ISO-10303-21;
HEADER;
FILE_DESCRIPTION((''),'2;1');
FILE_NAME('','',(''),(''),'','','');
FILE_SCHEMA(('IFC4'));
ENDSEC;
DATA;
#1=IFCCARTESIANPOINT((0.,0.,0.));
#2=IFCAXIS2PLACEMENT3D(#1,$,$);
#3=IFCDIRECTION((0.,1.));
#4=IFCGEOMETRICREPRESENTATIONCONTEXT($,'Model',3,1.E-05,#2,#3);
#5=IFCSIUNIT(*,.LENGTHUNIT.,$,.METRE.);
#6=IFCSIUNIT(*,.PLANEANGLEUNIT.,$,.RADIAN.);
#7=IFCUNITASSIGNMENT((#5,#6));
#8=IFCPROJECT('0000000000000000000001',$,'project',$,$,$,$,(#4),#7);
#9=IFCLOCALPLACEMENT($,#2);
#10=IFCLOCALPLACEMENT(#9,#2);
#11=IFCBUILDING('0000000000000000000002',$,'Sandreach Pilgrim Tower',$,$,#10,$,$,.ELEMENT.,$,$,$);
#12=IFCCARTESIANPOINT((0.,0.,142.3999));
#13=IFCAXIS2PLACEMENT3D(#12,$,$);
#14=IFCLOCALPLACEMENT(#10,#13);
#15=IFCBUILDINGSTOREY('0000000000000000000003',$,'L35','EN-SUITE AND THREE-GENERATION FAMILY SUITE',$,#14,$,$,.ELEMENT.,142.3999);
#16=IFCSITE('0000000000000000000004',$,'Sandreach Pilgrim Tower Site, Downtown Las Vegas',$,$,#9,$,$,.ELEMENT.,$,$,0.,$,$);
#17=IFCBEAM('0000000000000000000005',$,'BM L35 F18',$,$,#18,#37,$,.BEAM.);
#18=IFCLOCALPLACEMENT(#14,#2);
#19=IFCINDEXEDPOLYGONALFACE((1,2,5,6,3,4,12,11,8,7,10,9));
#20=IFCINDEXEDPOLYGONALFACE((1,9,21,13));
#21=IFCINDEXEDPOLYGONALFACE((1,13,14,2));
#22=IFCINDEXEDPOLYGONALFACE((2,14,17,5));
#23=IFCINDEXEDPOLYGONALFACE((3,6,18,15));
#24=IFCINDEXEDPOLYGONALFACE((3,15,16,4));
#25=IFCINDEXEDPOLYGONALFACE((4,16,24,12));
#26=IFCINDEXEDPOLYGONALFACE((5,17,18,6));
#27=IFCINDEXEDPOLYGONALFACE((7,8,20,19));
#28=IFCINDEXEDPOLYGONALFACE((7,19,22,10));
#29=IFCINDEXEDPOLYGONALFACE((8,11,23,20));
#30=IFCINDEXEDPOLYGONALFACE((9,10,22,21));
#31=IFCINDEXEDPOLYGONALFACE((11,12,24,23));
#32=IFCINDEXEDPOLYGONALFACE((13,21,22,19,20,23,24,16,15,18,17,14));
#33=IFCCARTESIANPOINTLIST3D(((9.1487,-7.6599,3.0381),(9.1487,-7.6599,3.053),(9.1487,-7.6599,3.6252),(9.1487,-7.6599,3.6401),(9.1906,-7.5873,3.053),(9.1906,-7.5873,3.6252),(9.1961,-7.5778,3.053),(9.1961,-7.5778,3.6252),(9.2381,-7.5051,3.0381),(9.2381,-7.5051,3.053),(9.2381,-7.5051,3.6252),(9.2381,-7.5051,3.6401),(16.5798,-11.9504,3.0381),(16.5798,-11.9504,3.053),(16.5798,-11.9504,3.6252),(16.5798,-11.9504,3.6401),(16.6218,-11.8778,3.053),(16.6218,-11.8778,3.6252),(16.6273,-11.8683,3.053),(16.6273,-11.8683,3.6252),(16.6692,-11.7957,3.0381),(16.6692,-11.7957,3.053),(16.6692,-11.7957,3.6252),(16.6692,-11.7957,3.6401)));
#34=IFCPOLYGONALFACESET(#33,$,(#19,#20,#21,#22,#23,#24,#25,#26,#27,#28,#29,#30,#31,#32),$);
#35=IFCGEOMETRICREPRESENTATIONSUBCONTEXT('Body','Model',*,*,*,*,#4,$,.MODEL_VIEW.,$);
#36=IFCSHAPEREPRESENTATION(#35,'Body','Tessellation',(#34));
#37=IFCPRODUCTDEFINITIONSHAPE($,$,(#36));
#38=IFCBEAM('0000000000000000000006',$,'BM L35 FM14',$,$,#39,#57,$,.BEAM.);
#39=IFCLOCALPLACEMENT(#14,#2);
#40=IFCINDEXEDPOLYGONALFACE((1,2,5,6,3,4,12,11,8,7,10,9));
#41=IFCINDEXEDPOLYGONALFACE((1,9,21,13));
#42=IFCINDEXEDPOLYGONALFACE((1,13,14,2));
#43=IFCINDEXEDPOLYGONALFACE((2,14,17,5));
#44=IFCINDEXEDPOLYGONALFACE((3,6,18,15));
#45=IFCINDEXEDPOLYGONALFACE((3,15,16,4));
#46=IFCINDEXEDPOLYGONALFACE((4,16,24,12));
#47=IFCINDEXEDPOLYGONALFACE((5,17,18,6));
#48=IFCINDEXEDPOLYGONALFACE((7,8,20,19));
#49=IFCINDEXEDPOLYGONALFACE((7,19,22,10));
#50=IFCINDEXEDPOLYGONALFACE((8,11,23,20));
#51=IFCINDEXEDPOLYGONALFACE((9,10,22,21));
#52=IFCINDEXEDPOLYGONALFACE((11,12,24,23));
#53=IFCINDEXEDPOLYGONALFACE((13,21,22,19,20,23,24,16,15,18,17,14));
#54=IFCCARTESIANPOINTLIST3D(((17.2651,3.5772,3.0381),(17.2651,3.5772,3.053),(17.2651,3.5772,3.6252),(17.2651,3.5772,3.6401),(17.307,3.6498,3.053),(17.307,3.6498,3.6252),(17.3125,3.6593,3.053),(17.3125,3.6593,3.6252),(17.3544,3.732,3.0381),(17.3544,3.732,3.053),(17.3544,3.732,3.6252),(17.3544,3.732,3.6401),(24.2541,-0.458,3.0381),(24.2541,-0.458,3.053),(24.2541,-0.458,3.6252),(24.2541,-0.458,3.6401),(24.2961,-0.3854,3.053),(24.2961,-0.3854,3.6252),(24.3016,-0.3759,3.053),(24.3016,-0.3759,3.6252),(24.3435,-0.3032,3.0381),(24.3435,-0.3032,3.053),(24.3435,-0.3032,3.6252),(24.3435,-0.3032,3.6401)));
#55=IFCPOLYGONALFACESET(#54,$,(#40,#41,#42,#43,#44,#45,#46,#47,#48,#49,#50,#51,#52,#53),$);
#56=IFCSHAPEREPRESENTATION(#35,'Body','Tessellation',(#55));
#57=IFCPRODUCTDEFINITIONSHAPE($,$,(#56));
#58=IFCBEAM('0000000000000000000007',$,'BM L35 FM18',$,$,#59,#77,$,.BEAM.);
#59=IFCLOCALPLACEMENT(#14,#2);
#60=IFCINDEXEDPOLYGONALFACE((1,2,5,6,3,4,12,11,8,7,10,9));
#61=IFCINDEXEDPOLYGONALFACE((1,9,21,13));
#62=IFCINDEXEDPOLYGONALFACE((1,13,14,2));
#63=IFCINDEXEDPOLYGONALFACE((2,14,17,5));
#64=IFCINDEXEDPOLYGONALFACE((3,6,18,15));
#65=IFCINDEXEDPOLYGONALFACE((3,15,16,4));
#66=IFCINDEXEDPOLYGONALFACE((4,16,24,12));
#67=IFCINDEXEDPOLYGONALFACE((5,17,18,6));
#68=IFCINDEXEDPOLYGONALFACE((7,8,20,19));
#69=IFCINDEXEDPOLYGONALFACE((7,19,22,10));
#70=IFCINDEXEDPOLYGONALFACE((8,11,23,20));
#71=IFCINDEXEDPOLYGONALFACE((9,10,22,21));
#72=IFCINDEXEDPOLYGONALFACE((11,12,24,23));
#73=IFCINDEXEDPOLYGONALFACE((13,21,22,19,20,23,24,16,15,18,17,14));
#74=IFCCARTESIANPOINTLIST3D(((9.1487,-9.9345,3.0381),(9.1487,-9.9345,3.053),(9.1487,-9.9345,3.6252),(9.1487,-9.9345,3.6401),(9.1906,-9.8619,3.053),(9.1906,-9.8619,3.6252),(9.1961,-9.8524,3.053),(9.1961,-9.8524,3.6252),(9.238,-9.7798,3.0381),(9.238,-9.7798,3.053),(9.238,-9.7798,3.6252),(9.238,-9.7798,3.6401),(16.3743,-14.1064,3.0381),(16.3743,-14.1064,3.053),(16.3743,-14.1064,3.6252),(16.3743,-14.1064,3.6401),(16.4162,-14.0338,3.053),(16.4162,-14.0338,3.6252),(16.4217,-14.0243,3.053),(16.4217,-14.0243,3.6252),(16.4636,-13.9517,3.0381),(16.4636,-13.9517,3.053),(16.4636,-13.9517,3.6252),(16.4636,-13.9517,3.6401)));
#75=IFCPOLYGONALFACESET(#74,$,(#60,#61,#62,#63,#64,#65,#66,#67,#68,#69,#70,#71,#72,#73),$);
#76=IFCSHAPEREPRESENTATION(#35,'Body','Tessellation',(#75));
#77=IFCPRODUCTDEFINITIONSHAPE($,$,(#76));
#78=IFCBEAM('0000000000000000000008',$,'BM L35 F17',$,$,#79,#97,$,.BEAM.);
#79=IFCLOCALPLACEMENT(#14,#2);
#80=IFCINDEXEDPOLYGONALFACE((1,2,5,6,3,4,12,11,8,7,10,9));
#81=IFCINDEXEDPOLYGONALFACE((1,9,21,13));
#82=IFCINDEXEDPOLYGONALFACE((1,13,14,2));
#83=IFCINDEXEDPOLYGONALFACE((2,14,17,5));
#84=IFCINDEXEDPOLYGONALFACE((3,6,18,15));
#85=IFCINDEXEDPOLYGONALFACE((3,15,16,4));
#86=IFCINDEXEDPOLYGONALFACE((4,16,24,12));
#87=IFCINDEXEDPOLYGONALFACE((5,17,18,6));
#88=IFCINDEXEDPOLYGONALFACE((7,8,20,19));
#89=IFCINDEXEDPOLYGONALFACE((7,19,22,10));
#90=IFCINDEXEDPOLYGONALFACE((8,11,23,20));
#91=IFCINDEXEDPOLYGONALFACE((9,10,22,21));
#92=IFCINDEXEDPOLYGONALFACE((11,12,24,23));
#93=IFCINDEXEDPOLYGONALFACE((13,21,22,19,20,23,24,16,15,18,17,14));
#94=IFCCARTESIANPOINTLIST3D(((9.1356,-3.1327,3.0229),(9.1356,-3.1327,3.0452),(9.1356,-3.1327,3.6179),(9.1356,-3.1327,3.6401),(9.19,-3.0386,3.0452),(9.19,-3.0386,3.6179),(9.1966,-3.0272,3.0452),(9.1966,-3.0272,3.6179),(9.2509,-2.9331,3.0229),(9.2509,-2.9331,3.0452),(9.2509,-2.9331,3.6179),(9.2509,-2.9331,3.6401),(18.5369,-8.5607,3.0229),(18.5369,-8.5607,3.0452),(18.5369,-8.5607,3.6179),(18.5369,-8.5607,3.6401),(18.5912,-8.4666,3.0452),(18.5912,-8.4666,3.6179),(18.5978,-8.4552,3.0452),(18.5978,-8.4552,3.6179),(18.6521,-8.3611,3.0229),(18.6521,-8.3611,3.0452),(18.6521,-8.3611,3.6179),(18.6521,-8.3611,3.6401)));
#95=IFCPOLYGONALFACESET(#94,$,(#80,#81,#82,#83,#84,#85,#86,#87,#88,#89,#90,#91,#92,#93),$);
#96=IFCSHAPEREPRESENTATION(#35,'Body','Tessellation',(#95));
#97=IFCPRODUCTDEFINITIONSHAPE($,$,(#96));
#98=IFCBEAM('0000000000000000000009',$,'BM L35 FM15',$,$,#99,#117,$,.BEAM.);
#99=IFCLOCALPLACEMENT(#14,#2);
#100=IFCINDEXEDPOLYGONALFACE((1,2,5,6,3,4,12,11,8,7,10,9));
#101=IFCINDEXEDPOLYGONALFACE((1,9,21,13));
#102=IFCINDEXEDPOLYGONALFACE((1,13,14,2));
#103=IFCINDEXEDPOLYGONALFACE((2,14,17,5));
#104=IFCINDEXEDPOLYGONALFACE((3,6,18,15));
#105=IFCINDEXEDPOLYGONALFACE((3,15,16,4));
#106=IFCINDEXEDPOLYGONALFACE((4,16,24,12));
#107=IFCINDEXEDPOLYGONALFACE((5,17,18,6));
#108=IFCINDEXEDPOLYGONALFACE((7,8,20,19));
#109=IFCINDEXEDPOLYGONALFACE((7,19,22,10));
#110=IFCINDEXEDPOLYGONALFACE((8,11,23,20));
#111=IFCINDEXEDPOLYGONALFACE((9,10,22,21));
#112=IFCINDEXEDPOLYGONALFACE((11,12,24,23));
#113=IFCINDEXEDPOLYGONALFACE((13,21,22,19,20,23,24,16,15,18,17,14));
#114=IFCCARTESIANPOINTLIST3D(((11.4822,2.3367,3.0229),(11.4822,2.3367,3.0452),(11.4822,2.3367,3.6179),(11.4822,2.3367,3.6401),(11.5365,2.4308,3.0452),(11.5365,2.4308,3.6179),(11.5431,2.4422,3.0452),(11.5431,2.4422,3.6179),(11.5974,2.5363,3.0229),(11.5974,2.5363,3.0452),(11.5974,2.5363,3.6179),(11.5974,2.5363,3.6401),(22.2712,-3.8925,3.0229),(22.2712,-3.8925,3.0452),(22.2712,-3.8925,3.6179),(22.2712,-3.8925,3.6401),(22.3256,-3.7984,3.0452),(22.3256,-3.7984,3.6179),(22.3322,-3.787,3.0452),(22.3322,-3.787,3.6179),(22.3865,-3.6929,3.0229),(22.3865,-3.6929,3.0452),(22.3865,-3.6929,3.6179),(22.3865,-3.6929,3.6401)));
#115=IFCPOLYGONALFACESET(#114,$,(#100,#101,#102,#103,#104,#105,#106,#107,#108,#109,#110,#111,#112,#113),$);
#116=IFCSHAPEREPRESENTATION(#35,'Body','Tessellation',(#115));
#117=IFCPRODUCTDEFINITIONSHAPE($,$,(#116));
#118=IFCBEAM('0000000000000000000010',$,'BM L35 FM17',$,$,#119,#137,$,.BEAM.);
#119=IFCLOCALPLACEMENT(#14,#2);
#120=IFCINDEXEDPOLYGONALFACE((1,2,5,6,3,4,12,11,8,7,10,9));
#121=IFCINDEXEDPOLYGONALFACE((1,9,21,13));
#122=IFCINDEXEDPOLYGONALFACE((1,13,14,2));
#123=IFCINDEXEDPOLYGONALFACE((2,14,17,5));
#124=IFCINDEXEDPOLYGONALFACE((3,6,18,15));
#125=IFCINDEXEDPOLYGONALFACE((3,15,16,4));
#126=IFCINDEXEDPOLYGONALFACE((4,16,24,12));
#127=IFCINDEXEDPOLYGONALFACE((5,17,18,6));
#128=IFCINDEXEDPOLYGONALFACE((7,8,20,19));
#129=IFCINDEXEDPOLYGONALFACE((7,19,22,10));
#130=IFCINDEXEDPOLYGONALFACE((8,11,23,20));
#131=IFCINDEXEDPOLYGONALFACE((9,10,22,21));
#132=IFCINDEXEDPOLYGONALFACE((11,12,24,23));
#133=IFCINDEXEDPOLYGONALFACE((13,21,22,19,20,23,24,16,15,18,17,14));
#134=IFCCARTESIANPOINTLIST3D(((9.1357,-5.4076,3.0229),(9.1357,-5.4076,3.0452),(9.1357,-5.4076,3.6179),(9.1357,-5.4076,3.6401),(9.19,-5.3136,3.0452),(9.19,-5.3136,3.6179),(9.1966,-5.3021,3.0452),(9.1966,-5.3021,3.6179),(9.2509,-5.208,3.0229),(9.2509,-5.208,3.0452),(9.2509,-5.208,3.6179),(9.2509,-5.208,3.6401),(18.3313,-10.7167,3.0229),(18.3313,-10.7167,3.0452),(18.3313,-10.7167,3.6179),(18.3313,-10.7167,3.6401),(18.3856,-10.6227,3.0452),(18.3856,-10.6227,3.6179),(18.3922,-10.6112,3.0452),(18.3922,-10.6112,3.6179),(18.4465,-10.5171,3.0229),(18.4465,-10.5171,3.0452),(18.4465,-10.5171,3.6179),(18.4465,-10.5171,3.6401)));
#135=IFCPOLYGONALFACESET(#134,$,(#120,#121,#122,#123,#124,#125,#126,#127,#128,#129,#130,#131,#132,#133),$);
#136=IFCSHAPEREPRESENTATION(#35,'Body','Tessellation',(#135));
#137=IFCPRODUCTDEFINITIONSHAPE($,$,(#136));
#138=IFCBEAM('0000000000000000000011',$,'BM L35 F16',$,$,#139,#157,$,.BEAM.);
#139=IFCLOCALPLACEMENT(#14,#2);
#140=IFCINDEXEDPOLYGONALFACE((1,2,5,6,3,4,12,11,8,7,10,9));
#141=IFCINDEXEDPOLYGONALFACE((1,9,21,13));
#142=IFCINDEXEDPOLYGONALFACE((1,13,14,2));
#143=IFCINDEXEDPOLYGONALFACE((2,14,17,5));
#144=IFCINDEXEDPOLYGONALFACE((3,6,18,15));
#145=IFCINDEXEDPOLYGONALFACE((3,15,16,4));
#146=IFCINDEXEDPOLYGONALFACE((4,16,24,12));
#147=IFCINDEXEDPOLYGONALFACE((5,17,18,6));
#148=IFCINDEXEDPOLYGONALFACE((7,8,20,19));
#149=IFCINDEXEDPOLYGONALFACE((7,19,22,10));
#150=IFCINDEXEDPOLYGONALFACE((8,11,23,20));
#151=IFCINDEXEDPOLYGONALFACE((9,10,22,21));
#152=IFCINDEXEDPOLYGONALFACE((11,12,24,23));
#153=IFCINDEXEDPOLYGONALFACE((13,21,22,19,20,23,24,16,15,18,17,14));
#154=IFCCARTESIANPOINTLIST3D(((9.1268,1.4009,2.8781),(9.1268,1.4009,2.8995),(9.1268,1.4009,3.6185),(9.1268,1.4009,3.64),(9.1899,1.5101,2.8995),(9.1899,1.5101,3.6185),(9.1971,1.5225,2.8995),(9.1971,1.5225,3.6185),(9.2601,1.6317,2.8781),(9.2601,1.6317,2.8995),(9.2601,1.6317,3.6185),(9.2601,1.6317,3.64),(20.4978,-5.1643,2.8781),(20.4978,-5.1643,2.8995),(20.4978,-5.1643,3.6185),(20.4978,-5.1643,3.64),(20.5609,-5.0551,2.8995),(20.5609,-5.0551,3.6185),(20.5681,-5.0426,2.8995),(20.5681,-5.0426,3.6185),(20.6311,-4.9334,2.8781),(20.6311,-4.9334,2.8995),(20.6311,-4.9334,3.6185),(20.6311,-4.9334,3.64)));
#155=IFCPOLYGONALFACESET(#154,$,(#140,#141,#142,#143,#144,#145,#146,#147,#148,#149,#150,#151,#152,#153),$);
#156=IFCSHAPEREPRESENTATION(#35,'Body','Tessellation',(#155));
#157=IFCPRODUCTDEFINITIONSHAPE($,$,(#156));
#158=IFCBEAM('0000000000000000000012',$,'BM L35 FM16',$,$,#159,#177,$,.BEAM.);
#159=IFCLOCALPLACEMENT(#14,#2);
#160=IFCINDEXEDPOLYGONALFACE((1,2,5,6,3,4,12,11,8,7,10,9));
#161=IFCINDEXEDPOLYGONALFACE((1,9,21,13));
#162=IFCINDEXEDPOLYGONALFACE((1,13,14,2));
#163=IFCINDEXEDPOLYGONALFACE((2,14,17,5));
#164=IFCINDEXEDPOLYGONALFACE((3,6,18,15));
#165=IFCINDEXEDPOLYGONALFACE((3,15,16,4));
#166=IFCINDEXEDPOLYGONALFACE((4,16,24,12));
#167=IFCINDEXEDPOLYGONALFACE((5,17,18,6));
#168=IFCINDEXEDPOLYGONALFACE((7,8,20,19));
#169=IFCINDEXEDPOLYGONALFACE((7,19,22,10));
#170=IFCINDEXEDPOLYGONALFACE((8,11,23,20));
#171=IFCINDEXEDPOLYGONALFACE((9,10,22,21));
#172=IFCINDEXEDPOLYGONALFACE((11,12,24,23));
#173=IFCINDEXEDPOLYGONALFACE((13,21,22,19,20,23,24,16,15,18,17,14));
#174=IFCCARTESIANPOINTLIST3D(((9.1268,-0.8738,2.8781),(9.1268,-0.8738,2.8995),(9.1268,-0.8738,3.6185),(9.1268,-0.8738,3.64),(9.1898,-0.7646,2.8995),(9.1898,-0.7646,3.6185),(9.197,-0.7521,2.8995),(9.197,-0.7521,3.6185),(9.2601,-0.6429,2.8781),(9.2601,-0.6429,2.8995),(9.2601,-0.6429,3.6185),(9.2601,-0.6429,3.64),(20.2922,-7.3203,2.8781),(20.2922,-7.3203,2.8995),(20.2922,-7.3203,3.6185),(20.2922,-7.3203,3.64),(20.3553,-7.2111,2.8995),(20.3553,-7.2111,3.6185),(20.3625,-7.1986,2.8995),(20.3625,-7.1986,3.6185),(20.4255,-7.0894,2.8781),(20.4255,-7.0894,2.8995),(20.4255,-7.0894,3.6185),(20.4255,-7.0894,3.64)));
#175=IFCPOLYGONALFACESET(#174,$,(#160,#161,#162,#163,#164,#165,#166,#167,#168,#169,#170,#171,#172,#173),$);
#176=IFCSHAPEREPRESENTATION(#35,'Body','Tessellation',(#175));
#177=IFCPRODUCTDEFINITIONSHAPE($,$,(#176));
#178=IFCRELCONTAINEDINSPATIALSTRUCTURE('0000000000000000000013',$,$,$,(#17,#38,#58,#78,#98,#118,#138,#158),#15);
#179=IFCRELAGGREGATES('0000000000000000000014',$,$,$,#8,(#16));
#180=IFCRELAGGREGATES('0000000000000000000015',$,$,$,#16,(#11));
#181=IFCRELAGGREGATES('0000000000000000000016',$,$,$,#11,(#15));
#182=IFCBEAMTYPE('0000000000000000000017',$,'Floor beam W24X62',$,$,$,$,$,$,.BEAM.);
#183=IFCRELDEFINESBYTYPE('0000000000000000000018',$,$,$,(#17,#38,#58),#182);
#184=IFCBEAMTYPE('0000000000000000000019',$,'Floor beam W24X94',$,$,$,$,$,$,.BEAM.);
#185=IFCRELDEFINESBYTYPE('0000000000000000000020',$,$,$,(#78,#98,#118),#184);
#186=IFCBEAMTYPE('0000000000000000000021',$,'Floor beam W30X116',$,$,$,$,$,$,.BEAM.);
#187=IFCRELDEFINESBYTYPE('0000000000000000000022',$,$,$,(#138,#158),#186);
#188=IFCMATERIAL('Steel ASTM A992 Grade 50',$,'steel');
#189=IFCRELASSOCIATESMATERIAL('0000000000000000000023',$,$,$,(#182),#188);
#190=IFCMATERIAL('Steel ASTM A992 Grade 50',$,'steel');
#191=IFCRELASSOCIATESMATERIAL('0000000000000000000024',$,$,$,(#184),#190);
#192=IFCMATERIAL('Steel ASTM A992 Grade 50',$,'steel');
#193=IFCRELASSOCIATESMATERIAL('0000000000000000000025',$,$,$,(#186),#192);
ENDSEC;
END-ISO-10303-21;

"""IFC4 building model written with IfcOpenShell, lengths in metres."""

from ifc_helpers import new_model, si_unit, direction, frame, origin, origin_2d, place, context, subcontext, project, spatial, i_section, extrude, material, material_profile, profile_set, type_object, element, save


model = new_model("IFC4")

# Units and contexts
model_context = context("Model", 3, precision=1e-05, world=origin(), true_north=direction((0.0, 1.0)))
body_context = subcontext(model_context, "Body", "Model", "MODEL_VIEW")
ifc_project = project(units=[si_unit("LENGTHUNIT", "METRE"), si_unit("PLANEANGLEUNIT", "RADIAN")], contexts=[model_context])

# Site, building, storey
site_placement = place(None, origin())
site = spatial("IfcSite", under=ifc_project, at=site_placement, Name="Sandreach Pilgrim Tower Site, Downtown Las Vegas", CompositionType="ELEMENT", RefElevation=0.0)
building_placement = place(site_placement, origin())
building = spatial("IfcBuilding", under=site, at=building_placement, Name="Sandreach Pilgrim Tower", CompositionType="ELEMENT")
storey_placement = place(building_placement, frame((0.0, 0.0, 142.3999)))
storey = spatial("IfcBuildingStorey", under=building, at=storey_placement, Name="L35", Description="EN-SUITE AND THREE-GENERATION FAMILY SUITE", CompositionType="ELEMENT", Elevation=142.3999)

# Beams
ifc_material_1 = material(Name="Steel ASTM A992 Grade 50", Category="steel")
ifc_material_profile_1 = material_profile(ifc_material_1, i_section(OverallWidth=0.1787, OverallDepth=0.6021, WebThickness=0.011, FlangeThickness=0.0149, at=origin_2d()), Name="W24X62")
ifc_profile_set_1 = profile_set([ifc_material_profile_1], Name="Steel ASTM A992 Grade 50")
beam_type_1 = type_object("IfcBeamType", Name="Floor beam W24X62", PredefinedType="BEAM", material=ifc_profile_set_1)
beam_1_placement = place(storey_placement, frame((16.6245, -11.873, 3.3391), z_axis=(-0.866018, 0.500013, 0.0), x_axis=(-0.500013, -0.866018, 0.0)))
element("IfcBeam", 1, at=beam_1_placement, inside=storey, type_object=beam_type_1, Name="BM L35 F18", PredefinedType="BEAM", context=body_context, shape_type="SweptSolid", body=[
    extrude(i_section(OverallWidth=0.1787, OverallDepth=0.6021, WebThickness=0.011, FlangeThickness=0.0149, at=origin_2d()), origin(), (0.0, 0.0, 1.0), 8.5808),
])
beam_2_placement = place(storey_placement, frame((24.2988, -0.3806, 3.3391), z_axis=(-0.866023, 0.500004, 0.0), x_axis=(-0.500004, -0.866023, 0.0)))
element("IfcBeam", 2, at=beam_2_placement, inside=storey, type_object=beam_type_1, Name="BM L35 FM14", PredefinedType="BEAM", context=body_context, shape_type="SweptSolid", body=[
    extrude(i_section(OverallWidth=0.1787, OverallDepth=0.6021, WebThickness=0.011, FlangeThickness=0.0149, at=origin_2d()), origin(), (0.0, 0.0, 1.0), 8.0703),
])
beam_3_placement = place(storey_placement, frame((16.4189, -14.0291, 3.3391), z_axis=(-0.866016, 0.500016, 0.0), x_axis=(-0.500016, -0.866016, 0.0)))
element("IfcBeam", 3, at=beam_3_placement, inside=storey, type_object=beam_type_1, Name="BM L35 FM18", PredefinedType="BEAM", context=body_context, shape_type="SweptSolid", body=[
    extrude(i_section(OverallWidth=0.1787, OverallDepth=0.6021, WebThickness=0.011, FlangeThickness=0.0149, at=origin_2d()), origin(), (0.0, 0.0, 1.0), 8.3435),
])
ifc_material_2 = material(Name="Steel ASTM A992 Grade 50", Category="steel")
ifc_material_profile_2 = material_profile(ifc_material_2, i_section(OverallWidth=0.2305, OverallDepth=0.6172, WebThickness=0.0132, FlangeThickness=0.0222, at=origin_2d()), Name="W24X94")
ifc_profile_set_2 = profile_set([ifc_material_profile_2], Name="Steel ASTM A992 Grade 50")
beam_type_2 = type_object("IfcBeamType", Name="Floor beam W24X94", PredefinedType="BEAM", material=ifc_profile_set_2)
beam_4_placement = place(storey_placement, frame((18.5945, -8.4609, 3.3315), z_axis=(-0.866016, 0.500016, 0.0), x_axis=(-0.500016, -0.866016, 0.0)))
element("IfcBeam", 4, at=beam_4_placement, inside=storey, type_object=beam_type_2, Name="BM L35 F17", PredefinedType="BEAM", context=body_context, shape_type="SweptSolid", body=[
    extrude(i_section(OverallWidth=0.2305, OverallDepth=0.6172, WebThickness=0.0132, FlangeThickness=0.0222, at=origin_2d()), origin(), (0.0, 0.0, 1.0), 10.8557),
])
beam_5_placement = place(storey_placement, frame((22.3289, -3.7927, 3.3315), z_axis=(-0.866019, 0.500011, 0.0), x_axis=(-0.500011, -0.866019, 0.0)))
element("IfcBeam", 5, at=beam_5_placement, inside=storey, type_object=beam_type_2, Name="BM L35 FM15", PredefinedType="BEAM", context=body_context, shape_type="SweptSolid", body=[
    extrude(i_section(OverallWidth=0.2305, OverallDepth=0.6172, WebThickness=0.0132, FlangeThickness=0.0222, at=origin_2d()), origin(), (0.0, 0.0, 1.0), 12.4583),
])
beam_6_placement = place(storey_placement, frame((18.3889, -10.6169, 3.3315), z_axis=(-0.866024, 0.500002, 0.0), x_axis=(-0.500002, -0.866024, 0.0)))
element("IfcBeam", 6, at=beam_6_placement, inside=storey, type_object=beam_type_2, Name="BM L35 FM17", PredefinedType="BEAM", context=body_context, shape_type="SweptSolid", body=[
    extrude(i_section(OverallWidth=0.2305, OverallDepth=0.6172, WebThickness=0.0132, FlangeThickness=0.0222, at=origin_2d()), origin(), (0.0, 0.0, 1.0), 10.6182),
])
ifc_material_3 = material(Name="Steel ASTM A992 Grade 50", Category="steel")
ifc_material_profile_3 = material_profile(ifc_material_3, i_section(OverallWidth=0.2666, OverallDepth=0.762, WebThickness=0.0144, FlangeThickness=0.0215, at=origin_2d()), Name="W30X116")
ifc_profile_set_3 = profile_set([ifc_material_profile_3], Name="Steel ASTM A992 Grade 50")
beam_type_3 = type_object("IfcBeamType", Name="Floor beam W30X116", PredefinedType="BEAM", material=ifc_profile_set_3)
beam_7_placement = place(storey_placement, frame((20.5645, -5.0488, 3.259), z_axis=(-0.866023, 0.500005, 0.0), x_axis=(-0.500005, -0.866023, 0.0)))
element("IfcBeam", 7, at=beam_7_placement, inside=storey, type_object=beam_type_3, Name="BM L35 F16", PredefinedType="BEAM", context=body_context, shape_type="SweptSolid", body=[
    extrude(i_section(OverallWidth=0.2666, OverallDepth=0.762, WebThickness=0.0144, FlangeThickness=0.0215, at=origin_2d()), origin(), (0.0, 0.0, 1.0), 13.1301),
])
beam_8_placement = place(storey_placement, frame((20.3589, -7.2048, 3.259), z_axis=(-0.866022, 0.500007, 0.0), x_axis=(-0.500007, -0.866022, 0.0)))
element("IfcBeam", 8, at=beam_8_placement, inside=storey, type_object=beam_type_3, Name="BM L35 FM16", PredefinedType="BEAM", context=body_context, shape_type="SweptSolid", body=[
    extrude(i_section(OverallWidth=0.2666, OverallDepth=0.762, WebThickness=0.0144, FlangeThickness=0.0215, at=origin_2d()), origin(), (0.0, 0.0, 1.0), 12.8928),
])

save(model, "model.ifc")
